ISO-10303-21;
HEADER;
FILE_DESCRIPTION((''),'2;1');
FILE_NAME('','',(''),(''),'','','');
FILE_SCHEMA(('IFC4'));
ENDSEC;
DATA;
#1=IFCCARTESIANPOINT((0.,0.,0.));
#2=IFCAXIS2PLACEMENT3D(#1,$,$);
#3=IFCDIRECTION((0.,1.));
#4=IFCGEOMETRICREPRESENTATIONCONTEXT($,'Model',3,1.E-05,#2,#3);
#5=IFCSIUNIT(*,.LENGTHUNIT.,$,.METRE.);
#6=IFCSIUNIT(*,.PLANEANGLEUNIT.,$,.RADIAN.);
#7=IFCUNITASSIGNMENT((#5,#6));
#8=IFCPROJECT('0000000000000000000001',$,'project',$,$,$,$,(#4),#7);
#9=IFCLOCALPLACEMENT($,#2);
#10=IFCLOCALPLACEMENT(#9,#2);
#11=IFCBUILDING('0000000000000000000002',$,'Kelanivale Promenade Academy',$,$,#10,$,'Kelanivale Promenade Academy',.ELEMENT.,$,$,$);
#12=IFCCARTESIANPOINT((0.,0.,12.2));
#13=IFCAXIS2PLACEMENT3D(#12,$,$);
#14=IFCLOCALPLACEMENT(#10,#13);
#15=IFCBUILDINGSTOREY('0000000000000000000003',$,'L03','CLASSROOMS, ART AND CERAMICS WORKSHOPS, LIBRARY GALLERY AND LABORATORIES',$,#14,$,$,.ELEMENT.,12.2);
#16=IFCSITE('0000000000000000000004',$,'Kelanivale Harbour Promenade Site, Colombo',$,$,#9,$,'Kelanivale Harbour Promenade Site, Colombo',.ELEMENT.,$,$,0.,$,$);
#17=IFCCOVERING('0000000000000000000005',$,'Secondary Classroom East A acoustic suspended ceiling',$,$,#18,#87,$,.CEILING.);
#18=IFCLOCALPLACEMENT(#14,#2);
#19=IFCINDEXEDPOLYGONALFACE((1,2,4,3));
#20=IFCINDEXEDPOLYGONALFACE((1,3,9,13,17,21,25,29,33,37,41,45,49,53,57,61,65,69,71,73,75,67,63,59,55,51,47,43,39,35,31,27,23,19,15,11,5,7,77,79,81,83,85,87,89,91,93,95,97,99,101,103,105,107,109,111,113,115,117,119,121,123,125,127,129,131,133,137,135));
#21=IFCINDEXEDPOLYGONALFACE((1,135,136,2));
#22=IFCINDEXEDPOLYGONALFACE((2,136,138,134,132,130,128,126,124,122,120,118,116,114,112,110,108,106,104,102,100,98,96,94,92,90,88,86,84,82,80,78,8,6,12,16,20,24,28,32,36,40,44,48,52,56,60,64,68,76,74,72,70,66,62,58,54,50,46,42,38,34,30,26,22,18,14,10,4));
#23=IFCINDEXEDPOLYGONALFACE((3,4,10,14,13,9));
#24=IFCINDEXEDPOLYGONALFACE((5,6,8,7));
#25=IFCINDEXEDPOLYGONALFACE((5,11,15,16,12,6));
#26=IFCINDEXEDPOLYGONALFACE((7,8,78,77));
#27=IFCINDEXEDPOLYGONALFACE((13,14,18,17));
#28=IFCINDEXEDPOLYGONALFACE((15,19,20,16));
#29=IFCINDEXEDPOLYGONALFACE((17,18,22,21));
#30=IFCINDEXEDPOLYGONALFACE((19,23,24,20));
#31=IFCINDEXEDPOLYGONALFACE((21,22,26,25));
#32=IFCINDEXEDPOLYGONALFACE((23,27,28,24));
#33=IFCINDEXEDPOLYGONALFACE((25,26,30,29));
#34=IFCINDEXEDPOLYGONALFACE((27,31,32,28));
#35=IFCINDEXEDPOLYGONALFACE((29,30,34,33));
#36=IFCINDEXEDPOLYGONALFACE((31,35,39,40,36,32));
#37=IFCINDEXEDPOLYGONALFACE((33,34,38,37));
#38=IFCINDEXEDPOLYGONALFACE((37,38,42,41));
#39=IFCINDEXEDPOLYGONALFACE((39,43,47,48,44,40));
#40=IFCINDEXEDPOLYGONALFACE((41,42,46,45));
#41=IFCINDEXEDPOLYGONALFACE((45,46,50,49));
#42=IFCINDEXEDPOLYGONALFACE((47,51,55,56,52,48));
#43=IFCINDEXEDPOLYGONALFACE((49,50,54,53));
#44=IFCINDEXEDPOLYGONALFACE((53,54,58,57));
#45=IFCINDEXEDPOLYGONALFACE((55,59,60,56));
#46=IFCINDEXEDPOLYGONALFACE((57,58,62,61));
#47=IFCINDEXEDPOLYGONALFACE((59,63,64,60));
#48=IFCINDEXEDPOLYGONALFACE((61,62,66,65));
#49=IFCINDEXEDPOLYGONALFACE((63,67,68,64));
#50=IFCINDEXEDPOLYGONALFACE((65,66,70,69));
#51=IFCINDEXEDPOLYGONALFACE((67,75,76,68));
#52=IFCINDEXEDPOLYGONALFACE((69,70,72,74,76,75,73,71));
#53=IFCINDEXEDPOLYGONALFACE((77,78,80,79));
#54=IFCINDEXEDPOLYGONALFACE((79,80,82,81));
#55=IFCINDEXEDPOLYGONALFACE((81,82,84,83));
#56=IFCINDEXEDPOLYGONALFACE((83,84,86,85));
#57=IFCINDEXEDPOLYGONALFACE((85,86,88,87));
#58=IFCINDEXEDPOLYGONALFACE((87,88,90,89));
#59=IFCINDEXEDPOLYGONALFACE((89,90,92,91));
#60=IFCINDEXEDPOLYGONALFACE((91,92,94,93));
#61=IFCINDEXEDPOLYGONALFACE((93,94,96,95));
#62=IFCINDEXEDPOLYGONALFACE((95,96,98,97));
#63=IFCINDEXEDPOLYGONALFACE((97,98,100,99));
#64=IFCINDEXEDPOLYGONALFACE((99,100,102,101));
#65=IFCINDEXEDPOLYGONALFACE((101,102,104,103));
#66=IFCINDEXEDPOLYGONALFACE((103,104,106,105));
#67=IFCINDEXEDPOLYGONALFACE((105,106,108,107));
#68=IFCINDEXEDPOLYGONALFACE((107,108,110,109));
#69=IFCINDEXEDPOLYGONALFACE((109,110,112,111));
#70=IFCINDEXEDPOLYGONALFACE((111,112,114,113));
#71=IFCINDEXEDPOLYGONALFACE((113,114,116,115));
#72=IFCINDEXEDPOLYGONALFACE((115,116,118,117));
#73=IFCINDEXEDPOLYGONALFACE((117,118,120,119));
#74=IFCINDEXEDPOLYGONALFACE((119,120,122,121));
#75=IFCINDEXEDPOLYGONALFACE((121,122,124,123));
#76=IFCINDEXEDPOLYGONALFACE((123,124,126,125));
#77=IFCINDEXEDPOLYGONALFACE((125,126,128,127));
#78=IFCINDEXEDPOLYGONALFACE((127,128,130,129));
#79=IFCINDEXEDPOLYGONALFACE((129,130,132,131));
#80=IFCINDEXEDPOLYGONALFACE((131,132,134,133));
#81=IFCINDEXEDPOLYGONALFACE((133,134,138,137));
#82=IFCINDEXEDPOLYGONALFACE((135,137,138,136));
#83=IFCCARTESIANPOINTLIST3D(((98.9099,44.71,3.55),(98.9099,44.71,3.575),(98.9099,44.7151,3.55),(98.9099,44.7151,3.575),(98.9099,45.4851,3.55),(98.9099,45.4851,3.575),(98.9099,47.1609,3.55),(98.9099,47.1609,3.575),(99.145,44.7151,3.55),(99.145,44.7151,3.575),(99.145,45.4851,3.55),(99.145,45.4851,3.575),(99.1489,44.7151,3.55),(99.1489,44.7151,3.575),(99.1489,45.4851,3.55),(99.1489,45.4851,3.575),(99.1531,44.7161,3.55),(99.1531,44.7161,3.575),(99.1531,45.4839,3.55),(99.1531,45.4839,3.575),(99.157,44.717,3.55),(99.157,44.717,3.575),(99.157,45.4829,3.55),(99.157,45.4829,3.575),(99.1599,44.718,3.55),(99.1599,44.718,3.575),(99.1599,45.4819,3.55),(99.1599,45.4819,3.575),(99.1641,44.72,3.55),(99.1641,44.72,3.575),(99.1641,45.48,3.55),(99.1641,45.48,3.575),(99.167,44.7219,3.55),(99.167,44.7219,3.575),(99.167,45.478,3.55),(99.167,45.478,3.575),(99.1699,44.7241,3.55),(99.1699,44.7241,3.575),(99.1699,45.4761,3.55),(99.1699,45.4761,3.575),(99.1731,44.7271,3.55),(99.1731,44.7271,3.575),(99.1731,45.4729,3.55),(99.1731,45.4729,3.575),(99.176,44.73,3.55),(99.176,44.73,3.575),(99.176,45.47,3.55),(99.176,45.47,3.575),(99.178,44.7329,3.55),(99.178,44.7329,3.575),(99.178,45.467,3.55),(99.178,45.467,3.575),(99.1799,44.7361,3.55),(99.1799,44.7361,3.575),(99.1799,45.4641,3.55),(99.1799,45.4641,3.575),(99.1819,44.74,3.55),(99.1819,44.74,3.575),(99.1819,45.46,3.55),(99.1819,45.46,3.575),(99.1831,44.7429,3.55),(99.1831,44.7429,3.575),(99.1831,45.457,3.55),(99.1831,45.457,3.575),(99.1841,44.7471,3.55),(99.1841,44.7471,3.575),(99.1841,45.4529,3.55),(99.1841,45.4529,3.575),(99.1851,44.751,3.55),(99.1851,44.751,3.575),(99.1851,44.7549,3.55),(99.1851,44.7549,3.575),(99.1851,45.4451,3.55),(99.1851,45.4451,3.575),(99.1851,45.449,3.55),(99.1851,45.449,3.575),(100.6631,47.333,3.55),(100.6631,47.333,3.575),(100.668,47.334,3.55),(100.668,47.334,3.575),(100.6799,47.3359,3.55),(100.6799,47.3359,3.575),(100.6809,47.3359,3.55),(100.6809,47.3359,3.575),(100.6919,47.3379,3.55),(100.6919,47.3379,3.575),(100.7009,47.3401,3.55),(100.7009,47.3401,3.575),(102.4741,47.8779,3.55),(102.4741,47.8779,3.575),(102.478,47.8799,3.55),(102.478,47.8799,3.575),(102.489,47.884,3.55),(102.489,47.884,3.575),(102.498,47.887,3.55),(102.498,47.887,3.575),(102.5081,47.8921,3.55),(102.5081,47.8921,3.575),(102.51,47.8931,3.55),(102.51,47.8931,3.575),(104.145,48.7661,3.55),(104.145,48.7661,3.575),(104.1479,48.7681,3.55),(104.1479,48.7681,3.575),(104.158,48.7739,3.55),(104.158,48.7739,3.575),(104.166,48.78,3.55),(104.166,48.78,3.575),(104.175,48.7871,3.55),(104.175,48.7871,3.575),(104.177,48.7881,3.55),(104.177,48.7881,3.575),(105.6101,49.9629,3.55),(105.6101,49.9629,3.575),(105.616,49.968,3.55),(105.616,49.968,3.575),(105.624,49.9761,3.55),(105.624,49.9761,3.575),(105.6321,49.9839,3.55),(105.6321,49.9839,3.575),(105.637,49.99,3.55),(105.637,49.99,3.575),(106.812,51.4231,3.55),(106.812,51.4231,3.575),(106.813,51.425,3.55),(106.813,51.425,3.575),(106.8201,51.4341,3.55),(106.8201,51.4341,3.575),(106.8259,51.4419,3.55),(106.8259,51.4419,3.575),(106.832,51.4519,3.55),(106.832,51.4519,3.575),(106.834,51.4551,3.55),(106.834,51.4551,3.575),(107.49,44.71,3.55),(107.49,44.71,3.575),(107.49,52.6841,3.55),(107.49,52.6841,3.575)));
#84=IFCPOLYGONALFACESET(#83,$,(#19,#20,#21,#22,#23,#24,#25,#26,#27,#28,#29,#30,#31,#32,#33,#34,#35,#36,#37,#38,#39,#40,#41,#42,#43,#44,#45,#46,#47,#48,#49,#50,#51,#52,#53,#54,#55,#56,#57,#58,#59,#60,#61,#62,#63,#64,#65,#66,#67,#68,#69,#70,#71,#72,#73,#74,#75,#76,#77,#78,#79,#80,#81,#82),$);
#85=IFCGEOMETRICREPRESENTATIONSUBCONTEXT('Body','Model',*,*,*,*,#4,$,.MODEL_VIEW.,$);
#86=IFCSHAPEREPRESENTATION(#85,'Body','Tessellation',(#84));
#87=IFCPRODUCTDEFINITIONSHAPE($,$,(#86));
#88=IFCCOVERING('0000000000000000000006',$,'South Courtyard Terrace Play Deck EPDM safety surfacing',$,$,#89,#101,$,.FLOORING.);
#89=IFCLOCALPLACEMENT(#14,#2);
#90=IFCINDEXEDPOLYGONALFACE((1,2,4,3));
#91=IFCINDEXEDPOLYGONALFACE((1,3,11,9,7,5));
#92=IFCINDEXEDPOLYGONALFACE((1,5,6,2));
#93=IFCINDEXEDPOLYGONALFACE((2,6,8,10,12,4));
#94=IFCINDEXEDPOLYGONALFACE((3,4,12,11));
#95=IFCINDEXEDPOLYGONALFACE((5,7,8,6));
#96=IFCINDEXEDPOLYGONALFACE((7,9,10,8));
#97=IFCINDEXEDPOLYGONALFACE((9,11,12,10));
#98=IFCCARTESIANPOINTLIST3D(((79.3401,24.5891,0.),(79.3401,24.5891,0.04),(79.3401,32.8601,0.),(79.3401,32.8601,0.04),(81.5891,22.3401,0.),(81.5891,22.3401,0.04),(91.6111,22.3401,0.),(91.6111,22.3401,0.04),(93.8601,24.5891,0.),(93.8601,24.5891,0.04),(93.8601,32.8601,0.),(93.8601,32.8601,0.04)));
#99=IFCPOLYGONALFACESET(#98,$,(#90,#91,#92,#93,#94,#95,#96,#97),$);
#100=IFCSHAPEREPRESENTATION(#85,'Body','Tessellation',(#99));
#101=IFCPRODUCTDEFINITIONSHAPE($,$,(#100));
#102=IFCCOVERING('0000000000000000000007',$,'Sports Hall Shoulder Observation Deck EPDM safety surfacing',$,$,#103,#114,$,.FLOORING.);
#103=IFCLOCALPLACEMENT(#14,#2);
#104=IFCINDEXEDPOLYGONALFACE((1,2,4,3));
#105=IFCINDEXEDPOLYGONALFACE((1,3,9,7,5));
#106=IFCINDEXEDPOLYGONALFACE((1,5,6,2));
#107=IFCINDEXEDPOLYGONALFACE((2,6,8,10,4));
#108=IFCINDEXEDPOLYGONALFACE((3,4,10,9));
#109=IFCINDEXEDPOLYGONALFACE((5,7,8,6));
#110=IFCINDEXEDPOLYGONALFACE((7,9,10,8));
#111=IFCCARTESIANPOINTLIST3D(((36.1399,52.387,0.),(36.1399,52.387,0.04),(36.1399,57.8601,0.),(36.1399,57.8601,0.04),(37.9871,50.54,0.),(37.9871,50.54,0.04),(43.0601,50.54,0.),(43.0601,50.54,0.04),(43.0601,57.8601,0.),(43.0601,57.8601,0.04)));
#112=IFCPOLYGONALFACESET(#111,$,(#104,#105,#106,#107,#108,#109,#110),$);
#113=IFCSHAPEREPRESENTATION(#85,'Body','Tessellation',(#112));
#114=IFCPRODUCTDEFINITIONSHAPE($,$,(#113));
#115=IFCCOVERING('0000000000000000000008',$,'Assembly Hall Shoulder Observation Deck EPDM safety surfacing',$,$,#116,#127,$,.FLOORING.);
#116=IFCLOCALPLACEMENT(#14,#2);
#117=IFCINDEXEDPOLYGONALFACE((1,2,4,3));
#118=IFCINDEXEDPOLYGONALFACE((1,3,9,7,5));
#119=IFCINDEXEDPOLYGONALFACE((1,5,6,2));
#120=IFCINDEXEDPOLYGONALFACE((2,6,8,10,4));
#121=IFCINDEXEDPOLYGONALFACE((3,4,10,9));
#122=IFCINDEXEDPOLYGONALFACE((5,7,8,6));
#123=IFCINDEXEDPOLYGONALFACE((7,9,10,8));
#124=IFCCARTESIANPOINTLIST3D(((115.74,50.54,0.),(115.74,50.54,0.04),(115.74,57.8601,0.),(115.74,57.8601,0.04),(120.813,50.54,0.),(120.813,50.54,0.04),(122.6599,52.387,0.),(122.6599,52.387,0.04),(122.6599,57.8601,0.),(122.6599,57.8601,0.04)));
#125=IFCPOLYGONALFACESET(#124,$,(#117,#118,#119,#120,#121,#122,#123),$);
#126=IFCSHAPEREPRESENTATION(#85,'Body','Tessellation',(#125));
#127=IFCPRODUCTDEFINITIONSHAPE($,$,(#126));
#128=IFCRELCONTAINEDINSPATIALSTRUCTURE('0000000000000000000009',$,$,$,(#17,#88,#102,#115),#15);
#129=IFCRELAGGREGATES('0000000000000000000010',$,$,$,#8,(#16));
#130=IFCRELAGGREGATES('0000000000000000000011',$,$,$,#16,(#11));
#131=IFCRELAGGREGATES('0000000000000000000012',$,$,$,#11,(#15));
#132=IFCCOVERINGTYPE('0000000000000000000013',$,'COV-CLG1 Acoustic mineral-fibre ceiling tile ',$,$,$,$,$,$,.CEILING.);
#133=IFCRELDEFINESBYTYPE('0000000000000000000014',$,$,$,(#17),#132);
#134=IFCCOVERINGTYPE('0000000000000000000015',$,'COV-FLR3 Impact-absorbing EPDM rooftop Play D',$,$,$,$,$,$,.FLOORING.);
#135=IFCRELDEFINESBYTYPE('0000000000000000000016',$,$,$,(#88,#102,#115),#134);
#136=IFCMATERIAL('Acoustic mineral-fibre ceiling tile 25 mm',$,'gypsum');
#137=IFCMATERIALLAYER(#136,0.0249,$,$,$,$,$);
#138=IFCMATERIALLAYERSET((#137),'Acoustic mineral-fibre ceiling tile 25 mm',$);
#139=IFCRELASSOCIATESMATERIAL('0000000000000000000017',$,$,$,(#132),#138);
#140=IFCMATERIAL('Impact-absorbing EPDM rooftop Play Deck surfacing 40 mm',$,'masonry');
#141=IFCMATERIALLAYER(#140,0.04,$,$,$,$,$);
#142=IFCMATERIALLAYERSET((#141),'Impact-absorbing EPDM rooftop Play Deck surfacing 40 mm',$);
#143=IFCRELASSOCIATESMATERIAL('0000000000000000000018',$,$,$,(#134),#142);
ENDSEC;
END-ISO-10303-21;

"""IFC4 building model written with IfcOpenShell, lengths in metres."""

from ifc_helpers import new_model, si_unit, direction, frame, origin, place, context, subcontext, project, spatial, polyline, outline, extrude, material, layer, layer_set, type_object, element, save


model = new_model("IFC4")

# Units and contexts
model_context = context("Model", 3, precision=1e-05, world=origin(), true_north=direction((0.0, 1.0)))
body_context = subcontext(model_context, "Body", "Model", "MODEL_VIEW")
ifc_project = project(units=[si_unit("LENGTHUNIT", "METRE"), si_unit("PLANEANGLEUNIT", "RADIAN")], contexts=[model_context])

# Site, building, storey
site_placement = place(None, origin())
site = spatial("IfcSite", under=ifc_project, at=site_placement, Name="Kelanivale Harbour Promenade Site, Colombo", LongName="Kelanivale Harbour Promenade Site, Colombo", CompositionType="ELEMENT", RefElevation=0.0)
building_placement = place(site_placement, origin())
building = spatial("IfcBuilding", under=site, at=building_placement, Name="Kelanivale Promenade Academy", LongName="Kelanivale Promenade Academy", CompositionType="ELEMENT")
storey_placement = place(building_placement, frame((0.0, 0.0, 12.2)))
storey = spatial("IfcBuildingStorey", under=building, at=storey_placement, Name="L03", Description="CLASSROOMS, ART AND CERAMICS WORKSHOPS, LIBRARY GALLERY AND LABORATORIES", CompositionType="ELEMENT", Elevation=12.2)

# Coverings
ifc_material_1 = material(Name="Acoustic mineral-fibre ceiling tile 25 mm", Category="gypsum")
ifc_layer_1 = layer(ifc_material_1, 0.0249)
ifc_layer_set_1 = layer_set([ifc_layer_1], Name="Acoustic mineral-fibre ceiling tile 25 mm")
covering_type_1 = type_object("IfcCoveringType", Name="COV-CLG1 Acoustic mineral-fibre ceiling tile ", PredefinedType="CEILING", material=ifc_layer_set_1)
covering_1_placement = place(storey_placement, frame((0.0, 0.0, 3.55)))
element("IfcCovering", 1, at=covering_1_placement, inside=storey, type_object=covering_type_1, Name="Secondary Classroom East A acoustic suspended ceiling", PredefinedType="CEILING", context=body_context, shape_type="SweptSolid", body=[
    extrude(outline(polyline([(107.49, 44.71), (107.49, 52.6841), (106.834, 51.4551), (106.832, 51.4519), (106.8259, 51.4419), (106.8201, 51.4341), (106.813, 51.425), (106.812, 51.4231), (105.637, 49.99), (105.6321, 49.9839), (105.624, 49.9761), (105.616, 49.968), (105.6101, 49.9629), (104.177, 48.7881), (104.175, 48.7871), (104.166, 48.78), (104.158, 48.7739), (104.1479, 48.7681), (104.145, 48.7661), (102.51, 47.8931), (102.5081, 47.8921), (102.498, 47.887), (102.489, 47.884), (102.478, 47.8799), (102.4741, 47.8779), (100.7009, 47.3401), (100.6919, 47.3379), (100.6809, 47.3359), (100.6799, 47.3359), (100.668, 47.334), (100.6631, 47.333), (98.9099, 47.1609), (98.9099, 45.4851), (99.145, 45.4851), (99.1489, 45.4851), (99.1531, 45.4839), (99.157, 45.4829), (99.1599, 45.4819), (99.1641, 45.48), (99.167, 45.478), (99.1699, 45.4761), (99.1731, 45.4729), (99.176, 45.47), (99.178, 45.467), (99.1799, 45.4641), (99.1819, 45.46), (99.1831, 45.457), (99.1841, 45.4529), (99.1851, 45.449), (99.1851, 45.4451), (99.1851, 44.7549), (99.1851, 44.751), (99.1841, 44.7471), (99.1831, 44.7429), (99.1819, 44.74), (99.1799, 44.7361), (99.178, 44.7329), (99.176, 44.73), (99.1731, 44.7271), (99.1699, 44.7241), (99.167, 44.7219), (99.1641, 44.72), (99.1599, 44.718), (99.157, 44.717), (99.1531, 44.7161), (99.1489, 44.7151), (99.145, 44.7151), (98.9099, 44.7151), (98.9099, 44.71), (107.49, 44.71)])), origin(), (0.0, 0.0, 1.0), 0.0249),
])
ifc_material_2 = material(Name="Impact-absorbing EPDM rooftop Play Deck surfacing 40 mm", Category="masonry")
ifc_layer_2 = layer(ifc_material_2, 0.04)
ifc_layer_set_2 = layer_set([ifc_layer_2], Name="Impact-absorbing EPDM rooftop Play Deck surfacing 40 mm")
covering_type_2 = type_object("IfcCoveringType", Name="COV-FLR3 Impact-absorbing EPDM rooftop Play D", PredefinedType="FLOORING", material=ifc_layer_set_2)
covering_2_placement = place(storey_placement, origin())
element("IfcCovering", 2, at=covering_2_placement, inside=storey, type_object=covering_type_2, Name="South Courtyard Terrace Play Deck EPDM safety surfacing", PredefinedType="FLOORING", context=body_context, shape_type="SweptSolid", body=[
    extrude(outline(polyline([(81.5891, 22.3401), (91.6111, 22.3401), (93.8601, 24.5891), (93.8601, 32.8601), (79.3401, 32.8601), (79.3401, 24.5891), (81.5891, 22.3401)])), origin(), (0.0, 0.0, 1.0), 0.04),
])
covering_3_placement = place(storey_placement, origin())
element("IfcCovering", 3, at=covering_3_placement, inside=storey, type_object=covering_type_2, Name="Sports Hall Shoulder Observation Deck EPDM safety surfacing", PredefinedType="FLOORING", context=body_context, shape_type="SweptSolid", body=[
    extrude(outline(polyline([(37.9871, 50.54), (43.0601, 50.54), (43.0601, 57.8601), (36.1399, 57.8601), (36.1399, 52.387), (37.9871, 50.54)])), origin(), (0.0, 0.0, 1.0), 0.04),
])
covering_4_placement = place(storey_placement, origin())
element("IfcCovering", 4, at=covering_4_placement, inside=storey, type_object=covering_type_2, Name="Assembly Hall Shoulder Observation Deck EPDM safety surfacing", PredefinedType="FLOORING", context=body_context, shape_type="SweptSolid", body=[
    extrude(outline(polyline([(120.813, 50.54), (122.6599, 52.387), (122.6599, 57.8601), (115.74, 57.8601), (115.74, 50.54), (120.813, 50.54)])), origin(), (0.0, 0.0, 1.0), 0.04),
])

save(model, "model.ifc")
